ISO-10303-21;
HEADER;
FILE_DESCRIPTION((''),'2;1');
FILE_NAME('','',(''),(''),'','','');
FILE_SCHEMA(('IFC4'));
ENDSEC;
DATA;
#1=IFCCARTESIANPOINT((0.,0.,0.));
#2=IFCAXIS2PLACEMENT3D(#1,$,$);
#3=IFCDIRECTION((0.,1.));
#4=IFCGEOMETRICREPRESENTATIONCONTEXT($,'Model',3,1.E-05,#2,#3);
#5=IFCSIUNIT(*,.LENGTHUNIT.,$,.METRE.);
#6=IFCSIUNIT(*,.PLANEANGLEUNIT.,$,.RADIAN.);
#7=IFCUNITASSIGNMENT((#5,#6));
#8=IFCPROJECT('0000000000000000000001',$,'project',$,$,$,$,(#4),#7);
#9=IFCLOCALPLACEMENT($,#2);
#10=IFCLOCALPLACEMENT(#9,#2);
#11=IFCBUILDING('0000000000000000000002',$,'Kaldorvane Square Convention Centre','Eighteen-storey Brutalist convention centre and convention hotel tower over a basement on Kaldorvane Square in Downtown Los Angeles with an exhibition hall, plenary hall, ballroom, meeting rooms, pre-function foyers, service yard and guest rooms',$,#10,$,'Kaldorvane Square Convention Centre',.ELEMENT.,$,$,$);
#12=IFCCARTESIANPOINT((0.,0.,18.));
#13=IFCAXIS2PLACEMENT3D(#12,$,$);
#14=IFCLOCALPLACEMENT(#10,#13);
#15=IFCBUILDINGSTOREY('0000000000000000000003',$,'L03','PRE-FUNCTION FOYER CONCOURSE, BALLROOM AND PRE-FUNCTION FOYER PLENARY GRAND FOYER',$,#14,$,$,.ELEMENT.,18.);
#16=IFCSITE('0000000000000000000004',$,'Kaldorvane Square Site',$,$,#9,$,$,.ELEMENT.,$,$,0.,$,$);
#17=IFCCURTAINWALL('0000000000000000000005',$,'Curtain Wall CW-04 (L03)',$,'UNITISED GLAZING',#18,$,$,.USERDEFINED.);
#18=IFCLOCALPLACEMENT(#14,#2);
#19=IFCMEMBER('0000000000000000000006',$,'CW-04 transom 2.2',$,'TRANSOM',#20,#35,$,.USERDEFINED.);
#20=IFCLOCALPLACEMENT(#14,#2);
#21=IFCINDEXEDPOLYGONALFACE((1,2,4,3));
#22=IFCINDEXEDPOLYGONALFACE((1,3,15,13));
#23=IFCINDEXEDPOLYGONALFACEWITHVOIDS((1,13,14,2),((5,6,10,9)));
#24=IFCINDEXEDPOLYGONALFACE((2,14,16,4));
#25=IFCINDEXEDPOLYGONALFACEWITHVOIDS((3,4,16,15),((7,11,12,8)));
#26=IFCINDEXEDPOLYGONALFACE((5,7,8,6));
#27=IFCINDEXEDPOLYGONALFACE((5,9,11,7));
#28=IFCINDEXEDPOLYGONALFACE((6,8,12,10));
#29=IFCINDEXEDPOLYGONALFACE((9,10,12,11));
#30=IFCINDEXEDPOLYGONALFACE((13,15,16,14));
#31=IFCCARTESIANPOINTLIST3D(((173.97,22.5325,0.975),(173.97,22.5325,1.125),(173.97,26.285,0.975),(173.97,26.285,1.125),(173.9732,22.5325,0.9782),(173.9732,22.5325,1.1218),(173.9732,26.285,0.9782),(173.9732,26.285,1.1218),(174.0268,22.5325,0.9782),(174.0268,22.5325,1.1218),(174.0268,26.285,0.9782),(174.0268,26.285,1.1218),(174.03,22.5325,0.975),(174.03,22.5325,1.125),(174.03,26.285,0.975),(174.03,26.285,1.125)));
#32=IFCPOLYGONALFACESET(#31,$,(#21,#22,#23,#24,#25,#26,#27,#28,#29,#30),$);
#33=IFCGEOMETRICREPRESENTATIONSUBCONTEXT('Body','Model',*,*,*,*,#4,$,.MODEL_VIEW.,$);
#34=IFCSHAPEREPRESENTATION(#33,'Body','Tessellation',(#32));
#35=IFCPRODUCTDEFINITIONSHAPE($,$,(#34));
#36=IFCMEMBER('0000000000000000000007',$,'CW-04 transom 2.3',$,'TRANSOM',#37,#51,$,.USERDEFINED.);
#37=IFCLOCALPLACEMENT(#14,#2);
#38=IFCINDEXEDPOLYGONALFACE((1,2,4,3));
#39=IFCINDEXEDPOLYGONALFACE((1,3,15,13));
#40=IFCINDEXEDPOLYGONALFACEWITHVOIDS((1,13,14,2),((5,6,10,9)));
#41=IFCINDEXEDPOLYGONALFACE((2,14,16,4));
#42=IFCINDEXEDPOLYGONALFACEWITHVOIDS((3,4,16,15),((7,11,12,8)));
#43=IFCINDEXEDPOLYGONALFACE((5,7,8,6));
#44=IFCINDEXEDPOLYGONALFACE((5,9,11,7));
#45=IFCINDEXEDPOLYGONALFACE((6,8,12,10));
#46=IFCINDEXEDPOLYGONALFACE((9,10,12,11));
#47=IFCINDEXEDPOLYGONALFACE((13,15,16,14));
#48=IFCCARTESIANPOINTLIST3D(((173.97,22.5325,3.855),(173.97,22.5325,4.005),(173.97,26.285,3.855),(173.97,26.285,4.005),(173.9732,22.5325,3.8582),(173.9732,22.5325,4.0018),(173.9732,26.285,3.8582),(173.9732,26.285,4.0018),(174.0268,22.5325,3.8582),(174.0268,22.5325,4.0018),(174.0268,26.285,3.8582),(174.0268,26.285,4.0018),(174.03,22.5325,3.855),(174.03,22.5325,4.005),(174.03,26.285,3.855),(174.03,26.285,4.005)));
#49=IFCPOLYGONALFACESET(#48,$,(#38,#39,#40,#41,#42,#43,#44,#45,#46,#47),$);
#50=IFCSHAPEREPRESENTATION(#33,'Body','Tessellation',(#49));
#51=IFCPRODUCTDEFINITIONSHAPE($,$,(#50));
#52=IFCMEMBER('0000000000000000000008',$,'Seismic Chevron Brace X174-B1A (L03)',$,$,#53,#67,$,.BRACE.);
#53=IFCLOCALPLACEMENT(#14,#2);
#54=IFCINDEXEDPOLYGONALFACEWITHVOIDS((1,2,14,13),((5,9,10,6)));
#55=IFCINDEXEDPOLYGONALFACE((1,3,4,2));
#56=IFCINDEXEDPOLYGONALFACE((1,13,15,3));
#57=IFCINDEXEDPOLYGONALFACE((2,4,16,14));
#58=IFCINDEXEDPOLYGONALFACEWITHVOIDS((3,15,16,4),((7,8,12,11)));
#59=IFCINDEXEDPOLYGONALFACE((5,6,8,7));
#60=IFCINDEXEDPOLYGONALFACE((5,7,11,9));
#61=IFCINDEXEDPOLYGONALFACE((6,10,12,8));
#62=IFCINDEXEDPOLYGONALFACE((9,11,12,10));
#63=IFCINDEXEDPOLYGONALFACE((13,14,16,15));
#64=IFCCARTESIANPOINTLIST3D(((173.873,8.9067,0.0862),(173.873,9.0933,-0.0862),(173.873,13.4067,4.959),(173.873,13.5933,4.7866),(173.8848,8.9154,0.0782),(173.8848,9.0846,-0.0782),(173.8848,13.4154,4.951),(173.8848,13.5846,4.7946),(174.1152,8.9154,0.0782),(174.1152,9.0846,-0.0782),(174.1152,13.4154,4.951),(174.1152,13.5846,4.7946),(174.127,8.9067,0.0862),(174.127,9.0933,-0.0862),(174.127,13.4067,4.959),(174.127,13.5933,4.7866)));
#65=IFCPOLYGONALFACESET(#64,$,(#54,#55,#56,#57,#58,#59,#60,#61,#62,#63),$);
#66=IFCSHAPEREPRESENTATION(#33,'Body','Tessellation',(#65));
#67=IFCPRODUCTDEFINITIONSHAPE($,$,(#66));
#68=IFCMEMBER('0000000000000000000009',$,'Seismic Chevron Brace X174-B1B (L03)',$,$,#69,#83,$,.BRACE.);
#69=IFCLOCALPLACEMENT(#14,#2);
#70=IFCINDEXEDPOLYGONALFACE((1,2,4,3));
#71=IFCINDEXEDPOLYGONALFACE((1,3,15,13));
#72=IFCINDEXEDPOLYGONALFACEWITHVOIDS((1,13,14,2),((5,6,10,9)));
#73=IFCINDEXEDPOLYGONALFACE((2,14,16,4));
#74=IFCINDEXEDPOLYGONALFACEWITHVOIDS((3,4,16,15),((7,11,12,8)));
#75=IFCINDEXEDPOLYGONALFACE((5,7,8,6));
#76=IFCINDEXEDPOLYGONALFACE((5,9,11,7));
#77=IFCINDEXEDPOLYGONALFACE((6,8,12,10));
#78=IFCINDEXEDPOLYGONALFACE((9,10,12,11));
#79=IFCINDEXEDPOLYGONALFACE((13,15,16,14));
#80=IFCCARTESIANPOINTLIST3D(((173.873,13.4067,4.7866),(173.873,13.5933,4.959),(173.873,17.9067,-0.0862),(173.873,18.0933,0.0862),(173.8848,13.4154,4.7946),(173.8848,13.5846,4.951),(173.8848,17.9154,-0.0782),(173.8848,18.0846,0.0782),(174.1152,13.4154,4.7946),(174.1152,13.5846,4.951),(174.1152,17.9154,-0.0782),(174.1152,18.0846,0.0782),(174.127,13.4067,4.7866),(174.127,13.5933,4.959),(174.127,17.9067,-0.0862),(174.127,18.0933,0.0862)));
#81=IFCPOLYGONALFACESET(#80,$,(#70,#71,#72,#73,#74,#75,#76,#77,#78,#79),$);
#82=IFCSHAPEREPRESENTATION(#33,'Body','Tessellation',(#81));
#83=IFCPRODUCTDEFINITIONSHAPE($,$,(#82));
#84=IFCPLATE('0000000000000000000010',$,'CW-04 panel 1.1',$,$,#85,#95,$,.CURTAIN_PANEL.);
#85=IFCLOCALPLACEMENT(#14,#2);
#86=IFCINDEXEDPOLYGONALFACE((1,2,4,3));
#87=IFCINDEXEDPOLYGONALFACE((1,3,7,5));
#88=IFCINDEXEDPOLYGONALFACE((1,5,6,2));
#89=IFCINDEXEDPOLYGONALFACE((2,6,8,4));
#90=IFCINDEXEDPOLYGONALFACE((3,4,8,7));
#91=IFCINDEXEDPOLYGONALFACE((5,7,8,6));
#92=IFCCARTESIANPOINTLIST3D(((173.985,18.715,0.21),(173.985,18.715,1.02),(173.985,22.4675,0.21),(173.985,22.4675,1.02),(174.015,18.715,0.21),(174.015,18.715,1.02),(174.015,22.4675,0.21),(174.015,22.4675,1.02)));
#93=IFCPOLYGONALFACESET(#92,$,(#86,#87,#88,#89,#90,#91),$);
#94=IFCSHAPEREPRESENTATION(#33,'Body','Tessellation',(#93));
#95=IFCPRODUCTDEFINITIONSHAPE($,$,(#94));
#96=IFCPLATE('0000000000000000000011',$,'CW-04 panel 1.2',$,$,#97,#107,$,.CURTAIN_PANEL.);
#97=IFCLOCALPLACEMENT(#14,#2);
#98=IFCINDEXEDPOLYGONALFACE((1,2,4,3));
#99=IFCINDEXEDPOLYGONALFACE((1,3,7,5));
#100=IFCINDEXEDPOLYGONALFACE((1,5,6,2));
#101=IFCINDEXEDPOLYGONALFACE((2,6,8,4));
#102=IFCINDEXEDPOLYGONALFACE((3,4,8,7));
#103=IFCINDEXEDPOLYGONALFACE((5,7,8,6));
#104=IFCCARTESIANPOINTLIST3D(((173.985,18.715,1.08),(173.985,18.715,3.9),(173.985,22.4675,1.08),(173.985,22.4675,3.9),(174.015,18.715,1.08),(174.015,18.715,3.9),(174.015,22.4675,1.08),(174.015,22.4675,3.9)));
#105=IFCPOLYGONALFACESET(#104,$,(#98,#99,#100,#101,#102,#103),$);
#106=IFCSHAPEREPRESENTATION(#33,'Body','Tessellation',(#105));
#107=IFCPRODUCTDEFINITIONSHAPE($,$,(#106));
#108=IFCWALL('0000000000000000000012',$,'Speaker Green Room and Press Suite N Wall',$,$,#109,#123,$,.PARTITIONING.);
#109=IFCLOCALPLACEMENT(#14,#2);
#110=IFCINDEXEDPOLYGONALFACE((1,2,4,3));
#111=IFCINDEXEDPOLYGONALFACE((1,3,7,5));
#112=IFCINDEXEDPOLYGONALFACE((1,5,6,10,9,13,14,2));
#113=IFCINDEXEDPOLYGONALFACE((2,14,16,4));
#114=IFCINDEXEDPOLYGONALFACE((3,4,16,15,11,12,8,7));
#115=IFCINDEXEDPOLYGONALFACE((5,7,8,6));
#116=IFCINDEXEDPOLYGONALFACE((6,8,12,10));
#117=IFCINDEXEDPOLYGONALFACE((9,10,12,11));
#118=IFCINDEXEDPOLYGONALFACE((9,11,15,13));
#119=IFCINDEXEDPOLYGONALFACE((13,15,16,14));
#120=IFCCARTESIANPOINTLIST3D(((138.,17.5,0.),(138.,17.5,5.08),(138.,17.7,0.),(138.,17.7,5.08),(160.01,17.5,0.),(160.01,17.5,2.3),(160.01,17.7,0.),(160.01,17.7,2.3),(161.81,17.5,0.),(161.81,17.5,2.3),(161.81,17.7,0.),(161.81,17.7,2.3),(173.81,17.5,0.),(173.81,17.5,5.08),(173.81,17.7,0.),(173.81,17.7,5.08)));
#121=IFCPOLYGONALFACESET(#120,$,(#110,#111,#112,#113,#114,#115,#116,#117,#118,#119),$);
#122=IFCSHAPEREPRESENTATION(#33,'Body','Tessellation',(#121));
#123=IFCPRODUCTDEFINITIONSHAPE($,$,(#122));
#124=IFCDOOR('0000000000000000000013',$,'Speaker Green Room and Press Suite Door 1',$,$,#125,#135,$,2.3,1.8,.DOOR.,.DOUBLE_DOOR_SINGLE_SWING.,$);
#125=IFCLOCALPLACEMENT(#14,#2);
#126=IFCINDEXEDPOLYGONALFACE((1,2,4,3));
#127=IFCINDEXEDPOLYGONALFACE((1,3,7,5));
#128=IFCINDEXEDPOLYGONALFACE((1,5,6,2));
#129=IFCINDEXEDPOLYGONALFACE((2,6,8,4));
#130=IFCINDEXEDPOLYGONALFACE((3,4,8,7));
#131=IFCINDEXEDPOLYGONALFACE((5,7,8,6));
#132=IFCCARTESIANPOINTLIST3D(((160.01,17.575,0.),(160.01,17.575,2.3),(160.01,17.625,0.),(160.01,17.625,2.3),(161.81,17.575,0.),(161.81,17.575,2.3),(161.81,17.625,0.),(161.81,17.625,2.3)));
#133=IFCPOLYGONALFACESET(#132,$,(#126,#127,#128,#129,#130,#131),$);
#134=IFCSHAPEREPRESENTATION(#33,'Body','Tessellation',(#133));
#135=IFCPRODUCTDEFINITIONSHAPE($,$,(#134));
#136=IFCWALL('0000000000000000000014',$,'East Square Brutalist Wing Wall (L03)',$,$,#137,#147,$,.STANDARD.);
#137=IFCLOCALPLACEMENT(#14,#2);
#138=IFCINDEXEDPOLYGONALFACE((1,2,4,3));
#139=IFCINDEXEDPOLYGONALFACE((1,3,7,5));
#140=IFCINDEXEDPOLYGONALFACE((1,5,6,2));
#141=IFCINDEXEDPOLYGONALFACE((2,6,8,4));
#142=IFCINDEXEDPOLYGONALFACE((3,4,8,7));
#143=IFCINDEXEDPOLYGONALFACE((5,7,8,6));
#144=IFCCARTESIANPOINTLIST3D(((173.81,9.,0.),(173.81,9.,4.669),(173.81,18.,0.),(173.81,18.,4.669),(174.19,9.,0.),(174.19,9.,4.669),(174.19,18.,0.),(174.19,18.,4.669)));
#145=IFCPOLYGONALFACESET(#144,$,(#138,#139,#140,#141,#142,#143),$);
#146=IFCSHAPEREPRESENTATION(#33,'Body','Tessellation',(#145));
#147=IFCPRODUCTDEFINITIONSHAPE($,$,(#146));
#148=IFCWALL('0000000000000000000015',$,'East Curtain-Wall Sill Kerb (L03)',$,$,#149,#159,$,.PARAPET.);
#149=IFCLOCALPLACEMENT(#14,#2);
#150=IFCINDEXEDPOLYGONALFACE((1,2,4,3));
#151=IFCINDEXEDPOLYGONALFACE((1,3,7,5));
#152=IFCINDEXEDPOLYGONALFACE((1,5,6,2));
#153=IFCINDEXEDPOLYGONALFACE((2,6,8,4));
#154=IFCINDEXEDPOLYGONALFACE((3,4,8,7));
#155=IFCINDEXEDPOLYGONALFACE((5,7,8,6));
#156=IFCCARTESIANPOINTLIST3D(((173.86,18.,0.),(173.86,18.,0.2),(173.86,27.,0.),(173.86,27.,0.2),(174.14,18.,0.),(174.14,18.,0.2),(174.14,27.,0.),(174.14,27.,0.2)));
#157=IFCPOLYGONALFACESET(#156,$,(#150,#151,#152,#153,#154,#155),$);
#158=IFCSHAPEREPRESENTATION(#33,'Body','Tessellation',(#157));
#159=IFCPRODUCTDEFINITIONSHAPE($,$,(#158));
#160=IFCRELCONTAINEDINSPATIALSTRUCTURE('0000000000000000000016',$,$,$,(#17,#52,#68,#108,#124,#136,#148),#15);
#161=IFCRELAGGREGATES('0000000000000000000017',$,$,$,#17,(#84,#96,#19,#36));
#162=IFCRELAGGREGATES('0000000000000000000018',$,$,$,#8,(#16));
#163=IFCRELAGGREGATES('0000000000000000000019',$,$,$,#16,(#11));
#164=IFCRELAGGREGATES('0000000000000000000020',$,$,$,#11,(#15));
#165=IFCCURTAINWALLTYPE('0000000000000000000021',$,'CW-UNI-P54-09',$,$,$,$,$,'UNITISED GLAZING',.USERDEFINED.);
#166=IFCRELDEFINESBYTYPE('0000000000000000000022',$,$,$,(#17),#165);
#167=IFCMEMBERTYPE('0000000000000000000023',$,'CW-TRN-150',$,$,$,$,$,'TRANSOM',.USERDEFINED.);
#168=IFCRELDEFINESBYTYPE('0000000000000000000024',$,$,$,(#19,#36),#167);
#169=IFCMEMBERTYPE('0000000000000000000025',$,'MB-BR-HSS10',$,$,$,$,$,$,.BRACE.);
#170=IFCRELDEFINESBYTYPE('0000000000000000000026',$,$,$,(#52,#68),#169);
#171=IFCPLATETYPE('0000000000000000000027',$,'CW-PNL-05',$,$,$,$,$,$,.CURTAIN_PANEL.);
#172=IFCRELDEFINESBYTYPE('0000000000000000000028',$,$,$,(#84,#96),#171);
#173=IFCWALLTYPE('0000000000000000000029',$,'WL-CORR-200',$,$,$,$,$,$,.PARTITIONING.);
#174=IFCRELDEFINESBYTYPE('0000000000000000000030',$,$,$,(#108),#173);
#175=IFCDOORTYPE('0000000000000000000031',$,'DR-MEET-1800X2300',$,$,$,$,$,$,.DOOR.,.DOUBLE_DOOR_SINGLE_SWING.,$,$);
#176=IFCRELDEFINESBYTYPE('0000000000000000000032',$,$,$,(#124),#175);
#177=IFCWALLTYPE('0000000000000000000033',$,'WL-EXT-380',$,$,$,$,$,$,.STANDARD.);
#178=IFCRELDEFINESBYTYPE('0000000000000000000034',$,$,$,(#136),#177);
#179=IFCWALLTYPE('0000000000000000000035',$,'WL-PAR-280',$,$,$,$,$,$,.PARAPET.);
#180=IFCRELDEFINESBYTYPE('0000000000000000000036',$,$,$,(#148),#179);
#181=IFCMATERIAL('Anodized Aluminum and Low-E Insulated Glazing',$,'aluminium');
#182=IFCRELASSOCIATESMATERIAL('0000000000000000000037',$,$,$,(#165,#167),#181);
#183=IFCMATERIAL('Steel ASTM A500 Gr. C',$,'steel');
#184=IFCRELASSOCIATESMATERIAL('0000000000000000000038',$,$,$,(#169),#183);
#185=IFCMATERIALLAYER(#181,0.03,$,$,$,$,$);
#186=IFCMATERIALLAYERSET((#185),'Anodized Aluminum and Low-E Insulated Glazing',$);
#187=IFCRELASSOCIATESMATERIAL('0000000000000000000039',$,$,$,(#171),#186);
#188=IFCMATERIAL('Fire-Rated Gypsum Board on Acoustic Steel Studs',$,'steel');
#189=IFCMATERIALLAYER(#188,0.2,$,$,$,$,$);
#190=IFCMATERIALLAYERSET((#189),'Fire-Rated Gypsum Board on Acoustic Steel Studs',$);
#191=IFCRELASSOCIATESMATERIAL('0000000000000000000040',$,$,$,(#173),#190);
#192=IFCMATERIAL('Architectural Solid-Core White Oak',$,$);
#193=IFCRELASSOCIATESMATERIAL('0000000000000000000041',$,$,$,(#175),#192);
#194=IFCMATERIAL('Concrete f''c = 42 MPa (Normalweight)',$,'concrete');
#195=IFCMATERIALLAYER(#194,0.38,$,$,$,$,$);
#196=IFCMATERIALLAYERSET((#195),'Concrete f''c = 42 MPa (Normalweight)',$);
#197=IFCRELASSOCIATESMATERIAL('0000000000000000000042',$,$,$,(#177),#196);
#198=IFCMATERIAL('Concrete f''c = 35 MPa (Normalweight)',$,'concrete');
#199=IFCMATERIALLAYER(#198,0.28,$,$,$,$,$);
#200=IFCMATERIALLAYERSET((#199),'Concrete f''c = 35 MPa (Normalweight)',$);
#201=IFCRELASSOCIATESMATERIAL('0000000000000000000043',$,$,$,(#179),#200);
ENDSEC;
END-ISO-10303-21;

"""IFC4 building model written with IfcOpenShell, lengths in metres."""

from ifc_helpers import new_model, si_unit, direction, frame, frame_2d, origin, origin_2d, place, context, subcontext, project, spatial, rectangle, hollow_rectangle, extrude, material, layer, layer_set, material_profile, profile_set, type_object, element, fill, aggregate, save


model = new_model("IFC4")

# Units and contexts
model_context = context("Model", 3, precision=1e-05, world=origin(), true_north=direction((0.0, 1.0)))
body_context = subcontext(model_context, "Body", "Model", "MODEL_VIEW")
ifc_project = project(units=[si_unit("LENGTHUNIT", "METRE"), si_unit("PLANEANGLEUNIT", "RADIAN")], contexts=[model_context])

# Site, building, storey
site_placement = place(None, origin())
site = spatial("IfcSite", under=ifc_project, at=site_placement, Name="Kaldorvane Square Site", CompositionType="ELEMENT", RefElevation=0.0)
building_placement = place(site_placement, origin())
building = spatial("IfcBuilding", under=site, at=building_placement, Name="Kaldorvane Square Convention Centre", Description="Eighteen-storey Brutalist convention centre and convention hotel tower over a basement on Kaldorvane Square in Downtown Los Angeles with an exhibition hall, plenary hall, ballroom, meeting rooms, pre-function foyers, service yard and guest rooms", LongName="Kaldorvane Square Convention Centre", CompositionType="ELEMENT")
storey_placement = place(building_placement, frame((0.0, 0.0, 18.0)))
storey = spatial("IfcBuildingStorey", under=building, at=storey_placement, Name="L03", Description="PRE-FUNCTION FOYER CONCOURSE, BALLROOM AND PRE-FUNCTION FOYER PLENARY GRAND FOYER", CompositionType="ELEMENT", Elevation=18.0)

# Shared definitions
ifc_material_1 = material(Name="Concrete f'c = 42 MPa (Normalweight)", Category="concrete")

# Shared definitions
ifc_material_2 = material(Name="Steel ASTM A500 Gr. C", Category="steel")

# Curtain wall, members
ifc_material_3 = material(Name="Anodized Aluminum and Low-E Insulated Glazing", Category="aluminium")
curtain_wall_type = type_object("IfcCurtainWallType", Name="CW-UNI-P54-09", ElementType="UNITISED GLAZING", PredefinedType="USERDEFINED", material=ifc_material_3)
curtain_wall_placement = place(storey_placement, origin())
curtain_wall = element("IfcCurtainWall", 1, at=curtain_wall_placement, inside=storey, type_object=curtain_wall_type, Name="Curtain Wall CW-04 (L03)", ObjectType="UNITISED GLAZING", PredefinedType="USERDEFINED")
ifc_material_profile_1 = material_profile(ifc_material_3, hollow_rectangle(XDim=0.06, YDim=0.15, WallThickness=0.0032, at=origin_2d()), Name="CWT-150X60")
ifc_profile_set_1 = profile_set([ifc_material_profile_1], Name="Anodized Aluminum and Low-E Insulated Glazing")
member_type_1 = type_object("IfcMemberType", Name="CW-TRN-150", ElementType="TRANSOM", PredefinedType="USERDEFINED", material=ifc_profile_set_1)
member_1_placement = place(storey_placement, frame((174.0, 22.5325, 1.05), z_axis=(0.0, 1.0, 0.0), x_axis=(-1.0, 0.0, 0.0)))
member_1 = element("IfcMember", 2, at=member_1_placement, type_object=member_type_1, Name="CW-04 transom 2.2", ObjectType="TRANSOM", PredefinedType="USERDEFINED", context=body_context, shape_type="SweptSolid", body=[
    extrude(hollow_rectangle(XDim=0.06, YDim=0.15, WallThickness=0.0032, at=origin_2d()), origin(), (0.0, 0.0, 1.0), 3.7525),
])
member_2_placement = place(storey_placement, frame((174.0, 22.5325, 3.93), z_axis=(0.0, 1.0, 0.0), x_axis=(-1.0, 0.0, 0.0)))
member_2 = element("IfcMember", 3, at=member_2_placement, type_object=member_type_1, Name="CW-04 transom 2.3", ObjectType="TRANSOM", PredefinedType="USERDEFINED", context=body_context, shape_type="SweptSolid", body=[
    extrude(hollow_rectangle(XDim=0.06, YDim=0.15, WallThickness=0.0032, at=origin_2d()), origin(), (0.0, 0.0, 1.0), 3.7525),
])

# Members
ifc_material_profile_2 = material_profile(ifc_material_2, hollow_rectangle(XDim=0.254, YDim=0.254, WallThickness=0.0118, at=origin_2d()), Name="HSS10X10X1/2")
ifc_profile_set_2 = profile_set([ifc_material_profile_2], Name="Steel ASTM A500 Gr. C")
member_type_2 = type_object("IfcMemberType", Name="MB-BR-HSS10", PredefinedType="BRACE", material=ifc_profile_set_2)
for number, where, z_axis, x_axis, name in (
    (4, (174.0, 9.0, 0.0), (0.0, 0.678445, 0.734651), (-1.0, 0.0, 0.0), "Seismic Chevron Brace X174-B1A (L03)"),
    (5, (174.0, 18.0, 0.0), (0.0, -0.678445, 0.734651), (1.0, 0.0, 0.0), "Seismic Chevron Brace X174-B1B (L03)"),
):
    element("IfcMember", number, at=place(storey_placement, frame(where, z_axis=z_axis, x_axis=x_axis)), inside=storey, type_object=member_type_2, Name=name, PredefinedType="BRACE", context=body_context, shape_type="SweptSolid", body=[
        extrude(hollow_rectangle(XDim=0.254, YDim=0.254, WallThickness=0.0118, at=origin_2d()), origin(), (0.0, 0.0, 1.0), 6.6328),
    ])

# Plates
ifc_layer_1 = layer(ifc_material_3, 0.03)
ifc_layer_set_1 = layer_set([ifc_layer_1], Name="Anodized Aluminum and Low-E Insulated Glazing")
plate_type = type_object("IfcPlateType", Name="CW-PNL-05", PredefinedType="CURTAIN_PANEL", material=ifc_layer_set_1)
plate_1_placement = place(storey_placement, frame((174.0, 20.5912, 0.21), z_axis=(0.0, 0.0, 1.0), x_axis=(0.0, 1.0, 0.0)))
plate_1 = element("IfcPlate", 6, at=plate_1_placement, type_object=plate_type, Name="CW-04 panel 1.1", PredefinedType="CURTAIN_PANEL", context=body_context, shape_type="SweptSolid", body=[
    extrude(rectangle(XDim=3.7525, YDim=0.03, at=origin_2d()), origin(), (0.0, 0.0, 1.0), 0.81),
])
plate_2_placement = place(storey_placement, frame((174.0, 20.5912, 1.08), z_axis=(0.0, 0.0, 1.0), x_axis=(0.0, 1.0, 0.0)))
plate_2 = element("IfcPlate", 7, at=plate_2_placement, type_object=plate_type, Name="CW-04 panel 1.2", PredefinedType="CURTAIN_PANEL", context=body_context, shape_type="SweptSolid", body=[
    extrude(rectangle(XDim=3.7525, YDim=0.03, at=origin_2d()), origin(), (0.0, 0.0, 1.0), 2.82),
])
aggregate(curtain_wall, [plate_1, plate_2, member_1, member_2])

# Wall, opening, door
ifc_material_4 = material(Name="Fire-Rated Gypsum Board on Acoustic Steel Studs", Category="steel")
ifc_layer_2 = layer(ifc_material_4, 0.2)
ifc_layer_set_2 = layer_set([ifc_layer_2], Name="Fire-Rated Gypsum Board on Acoustic Steel Studs")
wall_type_1 = type_object("IfcWallType", Name="WL-CORR-200", PredefinedType="PARTITIONING", material=ifc_layer_set_2)
wall_1_placement = place(storey_placement, frame((173.81, 17.6, 0.0), z_axis=(0.0, 0.0, 1.0), x_axis=(-1.0, 0.0, 0.0)))
wall_1 = element("IfcWall", 8, at=wall_1_placement, inside=storey, type_object=wall_type_1, Name="Speaker Green Room and Press Suite N Wall", PredefinedType="PARTITIONING", context=body_context, shape_type="SweptSolid", body=[
    extrude(rectangle(XDim=35.81, YDim=0.2, at=frame_2d((17.905, 0.0))), origin(), (0.0, 0.0, 1.0), 5.08),
])
opening_placement = place(wall_1_placement, frame((12.0, 0.0, 0.0)))
opening = element("IfcOpeningElement", 9, at=opening_placement, cuts=wall_1, PredefinedType="OPENING", context=body_context, shape_type="SweptSolid", body=[
    extrude(rectangle(XDim=1.8, YDim=2.3, at=frame_2d((0.9, 1.15))), frame((0.0, 0.115, 0.0), z_axis=(0.0, -1.0, 0.0), x_axis=(1.0, 0.0, 0.0)), (0.0, 0.0, 1.0), 0.23),
])
ifc_material_5 = material(Name="Architectural Solid-Core White Oak")
door_type = type_object("IfcDoorType", Name="DR-MEET-1800X2300", OperationType="DOUBLE_DOOR_SINGLE_SWING", PredefinedType="DOOR", material=ifc_material_5)
door_placement = place(opening_placement, origin())
door = element("IfcDoor", 10, at=door_placement, inside=storey, type_object=door_type, Name="Speaker Green Room and Press Suite Door 1", OperationType="DOUBLE_DOOR_SINGLE_SWING", OverallHeight=2.3, OverallWidth=1.8, PredefinedType="DOOR", context=body_context, shape_type="SweptSolid", body=[
    extrude(rectangle(XDim=1.8, YDim=2.3, at=frame_2d((0.9, 1.15))), frame((0.0, 0.025, 0.0), z_axis=(0.0, -1.0, 0.0), x_axis=(1.0, 0.0, 0.0)), (0.0, 0.0, 1.0), 0.05),
])
fill(opening, door)

# Walls
ifc_layer_3 = layer(ifc_material_1, 0.38)
ifc_layer_set_3 = layer_set([ifc_layer_3], Name="Concrete f'c = 42 MPa (Normalweight)")
wall_type_2 = type_object("IfcWallType", Name="WL-EXT-380", PredefinedType="STANDARD", material=ifc_layer_set_3)
wall_2_placement = place(storey_placement, frame((174.0, 9.0, 0.0), z_axis=(0.0, 0.0, 1.0), x_axis=(0.0, 1.0, 0.0)))
element("IfcWall", 11, at=wall_2_placement, inside=storey, type_object=wall_type_2, Name="East Square Brutalist Wing Wall (L03)", PredefinedType="STANDARD", context=body_context, shape_type="SweptSolid", body=[
    extrude(rectangle(XDim=9.0, YDim=0.38, at=frame_2d((4.5, 0.0))), origin(), (0.0, 0.0, 1.0), 4.669),
])
ifc_material_6 = material(Name="Concrete f'c = 35 MPa (Normalweight)", Category="concrete")
ifc_layer_4 = layer(ifc_material_6, 0.28)
ifc_layer_set_4 = layer_set([ifc_layer_4], Name="Concrete f'c = 35 MPa (Normalweight)")
wall_type_3 = type_object("IfcWallType", Name="WL-PAR-280", PredefinedType="PARAPET", material=ifc_layer_set_4)
wall_3_placement = place(storey_placement, frame((174.0, 18.0, 0.0), z_axis=(0.0, 0.0, 1.0), x_axis=(0.0, 1.0, 0.0)))
element("IfcWall", 12, at=wall_3_placement, inside=storey, type_object=wall_type_3, Name="East Curtain-Wall Sill Kerb (L03)", PredefinedType="PARAPET", context=body_context, shape_type="SweptSolid", body=[
    extrude(rectangle(XDim=9.0, YDim=0.28, at=frame_2d((4.5, 0.0))), origin(), (0.0, 0.0, 1.0), 0.2),
])

save(model, "model.ifc")
